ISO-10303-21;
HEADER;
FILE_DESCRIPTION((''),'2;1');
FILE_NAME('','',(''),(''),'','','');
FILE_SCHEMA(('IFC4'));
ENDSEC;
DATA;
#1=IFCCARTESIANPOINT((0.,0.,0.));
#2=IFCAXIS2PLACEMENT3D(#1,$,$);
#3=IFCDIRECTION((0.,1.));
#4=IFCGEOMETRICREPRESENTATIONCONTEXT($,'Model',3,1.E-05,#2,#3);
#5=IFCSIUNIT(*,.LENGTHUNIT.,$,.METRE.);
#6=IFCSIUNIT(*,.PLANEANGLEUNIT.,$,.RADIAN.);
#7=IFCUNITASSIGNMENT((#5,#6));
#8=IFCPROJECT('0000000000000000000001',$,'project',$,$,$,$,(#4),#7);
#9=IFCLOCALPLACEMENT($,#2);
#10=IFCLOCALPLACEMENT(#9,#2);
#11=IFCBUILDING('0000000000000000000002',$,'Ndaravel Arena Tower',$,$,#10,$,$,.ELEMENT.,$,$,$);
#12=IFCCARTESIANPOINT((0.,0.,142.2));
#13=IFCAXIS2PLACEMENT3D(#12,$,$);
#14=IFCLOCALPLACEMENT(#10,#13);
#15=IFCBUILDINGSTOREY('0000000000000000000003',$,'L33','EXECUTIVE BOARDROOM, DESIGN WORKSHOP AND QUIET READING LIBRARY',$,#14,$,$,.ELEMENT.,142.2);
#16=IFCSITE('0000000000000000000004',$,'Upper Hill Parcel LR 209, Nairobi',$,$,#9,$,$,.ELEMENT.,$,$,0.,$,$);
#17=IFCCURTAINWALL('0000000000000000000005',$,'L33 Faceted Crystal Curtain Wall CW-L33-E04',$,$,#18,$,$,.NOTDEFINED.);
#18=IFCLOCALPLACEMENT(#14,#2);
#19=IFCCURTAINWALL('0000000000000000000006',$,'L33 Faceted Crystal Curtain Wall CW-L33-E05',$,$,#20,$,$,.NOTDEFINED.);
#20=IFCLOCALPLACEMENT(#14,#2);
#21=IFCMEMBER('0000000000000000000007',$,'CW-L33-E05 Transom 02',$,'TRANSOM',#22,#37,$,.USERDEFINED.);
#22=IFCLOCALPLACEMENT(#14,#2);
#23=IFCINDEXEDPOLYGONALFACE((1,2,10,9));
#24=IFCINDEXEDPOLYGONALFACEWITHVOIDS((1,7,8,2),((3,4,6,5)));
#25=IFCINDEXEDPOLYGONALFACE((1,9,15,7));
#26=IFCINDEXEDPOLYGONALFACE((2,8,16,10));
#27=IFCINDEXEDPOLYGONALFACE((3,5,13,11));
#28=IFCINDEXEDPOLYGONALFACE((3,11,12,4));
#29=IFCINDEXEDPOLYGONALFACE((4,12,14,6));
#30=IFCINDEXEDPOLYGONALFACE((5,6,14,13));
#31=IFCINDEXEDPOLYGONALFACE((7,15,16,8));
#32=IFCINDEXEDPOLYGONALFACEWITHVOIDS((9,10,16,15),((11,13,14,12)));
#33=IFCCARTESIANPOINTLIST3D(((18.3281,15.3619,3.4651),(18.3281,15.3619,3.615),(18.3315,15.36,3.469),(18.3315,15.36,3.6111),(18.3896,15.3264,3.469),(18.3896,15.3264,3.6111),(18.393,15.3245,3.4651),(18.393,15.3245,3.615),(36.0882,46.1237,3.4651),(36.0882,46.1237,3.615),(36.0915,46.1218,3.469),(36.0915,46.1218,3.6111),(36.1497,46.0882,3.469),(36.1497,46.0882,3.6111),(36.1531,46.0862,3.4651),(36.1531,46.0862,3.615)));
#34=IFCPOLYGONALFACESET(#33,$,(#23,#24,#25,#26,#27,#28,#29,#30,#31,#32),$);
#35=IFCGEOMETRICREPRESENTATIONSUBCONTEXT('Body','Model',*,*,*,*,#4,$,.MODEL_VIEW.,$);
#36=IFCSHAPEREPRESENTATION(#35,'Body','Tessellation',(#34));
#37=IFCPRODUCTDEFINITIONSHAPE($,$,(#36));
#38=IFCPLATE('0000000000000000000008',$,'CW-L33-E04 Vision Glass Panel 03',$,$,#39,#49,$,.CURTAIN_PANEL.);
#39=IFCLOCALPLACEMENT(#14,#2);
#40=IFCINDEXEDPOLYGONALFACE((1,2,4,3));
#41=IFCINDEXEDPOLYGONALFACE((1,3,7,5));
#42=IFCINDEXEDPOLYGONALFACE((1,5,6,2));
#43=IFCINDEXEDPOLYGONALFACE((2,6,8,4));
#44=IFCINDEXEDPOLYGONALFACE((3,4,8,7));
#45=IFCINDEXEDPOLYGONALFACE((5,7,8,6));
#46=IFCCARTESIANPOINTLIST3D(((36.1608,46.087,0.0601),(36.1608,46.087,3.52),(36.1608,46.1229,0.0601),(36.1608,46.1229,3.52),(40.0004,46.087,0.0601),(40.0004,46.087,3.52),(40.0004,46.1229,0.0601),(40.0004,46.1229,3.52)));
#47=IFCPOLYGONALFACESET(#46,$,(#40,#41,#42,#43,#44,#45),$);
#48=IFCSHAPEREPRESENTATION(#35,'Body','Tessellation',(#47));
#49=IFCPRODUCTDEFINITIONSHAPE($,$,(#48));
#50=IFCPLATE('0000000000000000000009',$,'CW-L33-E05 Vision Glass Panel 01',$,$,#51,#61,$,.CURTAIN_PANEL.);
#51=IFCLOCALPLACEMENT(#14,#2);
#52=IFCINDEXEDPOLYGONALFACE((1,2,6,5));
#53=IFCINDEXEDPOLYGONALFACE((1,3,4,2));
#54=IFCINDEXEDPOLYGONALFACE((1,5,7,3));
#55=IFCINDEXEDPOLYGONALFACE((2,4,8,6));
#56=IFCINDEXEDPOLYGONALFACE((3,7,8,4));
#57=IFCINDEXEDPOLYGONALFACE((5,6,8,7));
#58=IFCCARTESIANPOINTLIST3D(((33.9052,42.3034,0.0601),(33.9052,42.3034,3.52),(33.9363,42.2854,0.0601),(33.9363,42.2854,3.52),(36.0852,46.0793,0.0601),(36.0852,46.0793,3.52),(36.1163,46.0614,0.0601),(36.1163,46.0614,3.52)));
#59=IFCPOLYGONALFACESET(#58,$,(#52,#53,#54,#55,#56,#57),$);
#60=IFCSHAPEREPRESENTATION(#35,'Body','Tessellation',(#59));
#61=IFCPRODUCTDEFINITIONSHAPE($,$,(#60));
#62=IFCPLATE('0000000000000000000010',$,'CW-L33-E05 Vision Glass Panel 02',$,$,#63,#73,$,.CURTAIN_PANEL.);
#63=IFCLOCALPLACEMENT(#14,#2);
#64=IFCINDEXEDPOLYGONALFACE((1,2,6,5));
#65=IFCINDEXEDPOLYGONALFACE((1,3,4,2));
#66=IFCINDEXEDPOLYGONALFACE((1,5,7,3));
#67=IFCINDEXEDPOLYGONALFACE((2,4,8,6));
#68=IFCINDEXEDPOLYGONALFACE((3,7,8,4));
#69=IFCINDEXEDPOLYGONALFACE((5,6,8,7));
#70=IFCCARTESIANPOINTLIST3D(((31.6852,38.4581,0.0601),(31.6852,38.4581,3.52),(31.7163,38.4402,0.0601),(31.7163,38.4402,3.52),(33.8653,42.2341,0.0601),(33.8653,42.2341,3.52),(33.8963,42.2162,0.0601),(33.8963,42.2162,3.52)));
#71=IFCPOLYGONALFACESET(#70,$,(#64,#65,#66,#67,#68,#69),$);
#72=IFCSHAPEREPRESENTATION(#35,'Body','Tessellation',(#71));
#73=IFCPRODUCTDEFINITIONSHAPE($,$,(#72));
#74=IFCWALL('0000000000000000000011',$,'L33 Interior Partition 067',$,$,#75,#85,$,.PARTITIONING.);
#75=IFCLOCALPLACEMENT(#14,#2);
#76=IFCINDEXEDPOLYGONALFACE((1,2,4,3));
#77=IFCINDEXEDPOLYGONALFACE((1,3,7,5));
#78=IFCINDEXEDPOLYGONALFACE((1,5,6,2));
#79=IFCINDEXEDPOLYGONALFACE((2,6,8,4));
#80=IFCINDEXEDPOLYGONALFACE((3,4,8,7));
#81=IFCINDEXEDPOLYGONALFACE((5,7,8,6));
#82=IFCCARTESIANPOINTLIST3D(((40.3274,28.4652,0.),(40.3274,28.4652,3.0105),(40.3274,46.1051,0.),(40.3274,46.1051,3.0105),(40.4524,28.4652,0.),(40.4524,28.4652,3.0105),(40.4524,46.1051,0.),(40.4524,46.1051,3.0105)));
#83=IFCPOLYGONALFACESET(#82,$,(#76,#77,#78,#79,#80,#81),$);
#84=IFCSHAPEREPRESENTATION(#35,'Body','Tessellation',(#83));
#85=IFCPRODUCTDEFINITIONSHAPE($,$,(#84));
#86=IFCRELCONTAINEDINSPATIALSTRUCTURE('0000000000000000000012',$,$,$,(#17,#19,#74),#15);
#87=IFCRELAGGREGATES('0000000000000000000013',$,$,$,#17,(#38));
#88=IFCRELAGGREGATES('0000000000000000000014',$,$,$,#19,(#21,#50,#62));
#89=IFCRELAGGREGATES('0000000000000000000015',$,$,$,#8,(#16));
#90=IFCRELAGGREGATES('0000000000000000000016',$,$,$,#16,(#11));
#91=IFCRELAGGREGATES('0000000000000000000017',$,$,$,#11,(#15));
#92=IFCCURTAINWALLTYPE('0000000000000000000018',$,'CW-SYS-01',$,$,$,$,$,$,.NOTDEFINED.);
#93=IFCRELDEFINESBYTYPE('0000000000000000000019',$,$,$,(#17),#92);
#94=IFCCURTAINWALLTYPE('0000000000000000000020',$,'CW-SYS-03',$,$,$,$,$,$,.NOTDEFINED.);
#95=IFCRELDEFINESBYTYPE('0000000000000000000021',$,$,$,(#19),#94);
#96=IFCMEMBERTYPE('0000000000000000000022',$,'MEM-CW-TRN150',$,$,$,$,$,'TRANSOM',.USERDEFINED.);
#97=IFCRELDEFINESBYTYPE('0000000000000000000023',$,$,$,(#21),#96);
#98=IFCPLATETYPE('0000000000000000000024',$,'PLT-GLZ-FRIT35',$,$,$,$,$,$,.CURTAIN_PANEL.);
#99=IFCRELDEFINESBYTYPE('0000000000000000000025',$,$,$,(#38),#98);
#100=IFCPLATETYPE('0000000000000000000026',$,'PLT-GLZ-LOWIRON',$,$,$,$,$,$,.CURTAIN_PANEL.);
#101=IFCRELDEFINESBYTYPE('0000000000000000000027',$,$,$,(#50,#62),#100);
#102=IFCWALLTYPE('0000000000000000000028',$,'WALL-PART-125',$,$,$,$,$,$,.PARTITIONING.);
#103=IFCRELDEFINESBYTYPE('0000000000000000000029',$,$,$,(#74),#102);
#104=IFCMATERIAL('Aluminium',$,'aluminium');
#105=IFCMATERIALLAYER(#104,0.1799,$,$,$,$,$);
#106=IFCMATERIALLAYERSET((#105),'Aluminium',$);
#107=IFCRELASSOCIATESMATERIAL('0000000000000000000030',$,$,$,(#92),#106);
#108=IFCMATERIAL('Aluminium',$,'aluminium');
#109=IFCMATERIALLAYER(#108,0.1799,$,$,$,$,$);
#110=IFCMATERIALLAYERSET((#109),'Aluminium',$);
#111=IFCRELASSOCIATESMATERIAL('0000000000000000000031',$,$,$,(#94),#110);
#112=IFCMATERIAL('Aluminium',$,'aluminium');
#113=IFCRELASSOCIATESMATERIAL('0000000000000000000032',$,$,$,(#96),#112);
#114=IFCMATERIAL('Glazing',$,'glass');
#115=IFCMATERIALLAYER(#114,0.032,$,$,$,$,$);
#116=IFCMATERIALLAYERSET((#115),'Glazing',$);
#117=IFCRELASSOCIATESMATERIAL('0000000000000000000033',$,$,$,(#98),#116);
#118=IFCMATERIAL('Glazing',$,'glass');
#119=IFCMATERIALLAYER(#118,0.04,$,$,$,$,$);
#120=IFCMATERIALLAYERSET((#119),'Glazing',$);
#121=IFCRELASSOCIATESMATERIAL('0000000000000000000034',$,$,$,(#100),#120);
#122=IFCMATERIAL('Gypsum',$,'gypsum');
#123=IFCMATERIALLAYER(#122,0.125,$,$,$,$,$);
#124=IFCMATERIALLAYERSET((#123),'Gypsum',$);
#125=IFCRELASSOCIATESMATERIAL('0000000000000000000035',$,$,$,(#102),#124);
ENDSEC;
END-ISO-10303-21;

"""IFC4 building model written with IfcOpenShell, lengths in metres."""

from ifc_helpers import new_model, si_unit, direction, frame, frame_2d, origin, origin_2d, place, context, subcontext, project, spatial, rectangle, hollow_rectangle, extrude, material, layer, layer_set, material_profile, profile_set, type_object, element, aggregate, save


model = new_model("IFC4")

# Units and contexts
model_context = context("Model", 3, precision=1e-05, world=origin(), true_north=direction((0.0, 1.0)))
body_context = subcontext(model_context, "Body", "Model", "MODEL_VIEW")
ifc_project = project(units=[si_unit("LENGTHUNIT", "METRE"), si_unit("PLANEANGLEUNIT", "RADIAN")], contexts=[model_context])

# Site, building, storey
site_placement = place(None, origin())
site = spatial("IfcSite", under=ifc_project, at=site_placement, Name="Upper Hill Parcel LR 209, Nairobi", CompositionType="ELEMENT", RefElevation=0.0)
building_placement = place(site_placement, origin())
building = spatial("IfcBuilding", under=site, at=building_placement, Name="Ndaravel Arena Tower", CompositionType="ELEMENT")
storey_placement = place(building_placement, frame((0.0, 0.0, 142.2)))
storey = spatial("IfcBuildingStorey", under=building, at=storey_placement, Name="L33", Description="EXECUTIVE BOARDROOM, DESIGN WORKSHOP AND QUIET READING LIBRARY", CompositionType="ELEMENT", Elevation=142.2)

# Curtain wall
ifc_material_1 = material(Name="Aluminium", Category="aluminium")
ifc_layer_1 = layer(ifc_material_1, 0.1799)
ifc_layer_set_1 = layer_set([ifc_layer_1], Name="Aluminium")
curtain_wall_type_1 = type_object("IfcCurtainWallType", Name="CW-SYS-01", PredefinedType="NOTDEFINED", material=ifc_layer_set_1)
curtain_wall_1_placement = place(storey_placement, origin())
curtain_wall_1 = element("IfcCurtainWall", 1, at=curtain_wall_1_placement, inside=storey, type_object=curtain_wall_type_1, Name="L33 Faceted Crystal Curtain Wall CW-L33-E04", PredefinedType="NOTDEFINED")

# Curtain wall, member
ifc_material_2 = material(Name="Aluminium", Category="aluminium")
ifc_layer_2 = layer(ifc_material_2, 0.1799)
ifc_layer_set_2 = layer_set([ifc_layer_2], Name="Aluminium")
curtain_wall_type_2 = type_object("IfcCurtainWallType", Name="CW-SYS-03", PredefinedType="NOTDEFINED", material=ifc_layer_set_2)
curtain_wall_2_placement = place(storey_placement, origin())
curtain_wall_2 = element("IfcCurtainWall", 2, at=curtain_wall_2_placement, inside=storey, type_object=curtain_wall_type_2, Name="L33 Faceted Crystal Curtain Wall CW-L33-E05", PredefinedType="NOTDEFINED")
ifc_material_3 = material(Name="Aluminium", Category="aluminium")
ifc_material_profile_1 = material_profile(ifc_material_3, hollow_rectangle(XDim=0.075, YDim=0.1499, WallThickness=0.0039, at=origin_2d()), Name="CW TRANSOM 75x150x4")
ifc_profile_set_1 = profile_set([ifc_material_profile_1], Name="Aluminium")
member_type_1 = type_object("IfcMemberType", Name="MEM-CW-TRN150", ElementType="TRANSOM", PredefinedType="USERDEFINED", material=ifc_profile_set_1)
member_1_placement = place(storey_placement, frame((36.1206, 46.105, 3.54), z_axis=(-0.499994, -0.866029, 0.0), x_axis=(0.866029, -0.499994, 0.0)))
member_1 = element("IfcMember", 3, at=member_1_placement, type_object=member_type_1, Name="CW-L33-E05 Transom 02", ObjectType="TRANSOM", PredefinedType="USERDEFINED", context=body_context, shape_type="SweptSolid", body=[
    extrude(hollow_rectangle(XDim=0.075, YDim=0.1499, WallThickness=0.0039, at=origin_2d()), origin(), (0.0, 0.0, 1.0), 35.5205),
])

# Plates
ifc_material_4 = material(Name="Glazing", Category="glass")
ifc_layer_3 = layer(ifc_material_4, 0.032)
ifc_layer_set_3 = layer_set([ifc_layer_3], Name="Glazing")
plate_type_1 = type_object("IfcPlateType", Name="PLT-GLZ-FRIT35", PredefinedType="CURTAIN_PANEL", material=ifc_layer_set_3)
plate_1_placement = place(storey_placement, frame((38.0806, 46.105, 0.0601), z_axis=(0.0, 0.0, 1.0), x_axis=(-1.0, 0.0, 0.0)))
plate_1 = element("IfcPlate", 4, at=plate_1_placement, type_object=plate_type_1, Name="CW-L33-E04 Vision Glass Panel 03", PredefinedType="CURTAIN_PANEL", context=body_context, shape_type="SweptSolid", body=[
    extrude(rectangle(XDim=3.8396, YDim=0.0359, at=origin_2d()), origin(), (0.0, 0.0, 1.0), 3.46),
])
aggregate(curtain_wall_1, [plate_1])
ifc_material_5 = material(Name="Glazing", Category="glass")
ifc_layer_4 = layer(ifc_material_5, 0.04)
ifc_layer_set_4 = layer_set([ifc_layer_4], Name="Glazing")
plate_type_2 = type_object("IfcPlateType", Name="PLT-GLZ-LOWIRON", PredefinedType="CURTAIN_PANEL", material=ifc_layer_set_4)
plate_2_placement = place(storey_placement, frame((35.0107, 44.1824, 0.0601), z_axis=(0.0, 0.0, 1.0), x_axis=(-0.5, -0.866025, 0.0)))
plate_2 = element("IfcPlate", 5, at=plate_2_placement, type_object=plate_type_2, Name="CW-L33-E05 Vision Glass Panel 01", PredefinedType="CURTAIN_PANEL", context=body_context, shape_type="SweptSolid", body=[
    extrude(rectangle(XDim=4.3601, YDim=0.0359, at=origin_2d()), origin(), (0.0, 0.0, 1.0), 3.46),
])
plate_3_placement = place(storey_placement, frame((32.7908, 40.3372, 0.0601), z_axis=(0.0, 0.0, 1.0), x_axis=(-0.5, -0.866025, 0.0)))
plate_3 = element("IfcPlate", 6, at=plate_3_placement, type_object=plate_type_2, Name="CW-L33-E05 Vision Glass Panel 02", PredefinedType="CURTAIN_PANEL", context=body_context, shape_type="SweptSolid", body=[
    extrude(rectangle(XDim=4.3601, YDim=0.0359, at=origin_2d()), origin(), (0.0, 0.0, 1.0), 3.46),
])
aggregate(curtain_wall_2, [member_1, plate_2, plate_3])

# Wall
ifc_material_6 = material(Name="Gypsum", Category="gypsum")
ifc_layer_5 = layer(ifc_material_6, 0.125)
ifc_layer_set_5 = layer_set([ifc_layer_5], Name="Gypsum")
wall_type = type_object("IfcWallType", Name="WALL-PART-125", PredefinedType="PARTITIONING", material=ifc_layer_set_5)
wall_placement = place(storey_placement, frame((40.3899, 46.105, 0.0), z_axis=(0.0, 0.0, 1.0), x_axis=(0.0, -1.0, 0.0)))
element("IfcWall", 7, at=wall_placement, inside=storey, type_object=wall_type, Name="L33 Interior Partition 067", PredefinedType="PARTITIONING", context=body_context, shape_type="SweptSolid", body=[
    extrude(rectangle(XDim=17.6399, YDim=0.125, at=frame_2d((8.8198, 0.0))), origin(), (0.0, 0.0, 1.0), 3.0105),
])

save(model, "model.ifc")
